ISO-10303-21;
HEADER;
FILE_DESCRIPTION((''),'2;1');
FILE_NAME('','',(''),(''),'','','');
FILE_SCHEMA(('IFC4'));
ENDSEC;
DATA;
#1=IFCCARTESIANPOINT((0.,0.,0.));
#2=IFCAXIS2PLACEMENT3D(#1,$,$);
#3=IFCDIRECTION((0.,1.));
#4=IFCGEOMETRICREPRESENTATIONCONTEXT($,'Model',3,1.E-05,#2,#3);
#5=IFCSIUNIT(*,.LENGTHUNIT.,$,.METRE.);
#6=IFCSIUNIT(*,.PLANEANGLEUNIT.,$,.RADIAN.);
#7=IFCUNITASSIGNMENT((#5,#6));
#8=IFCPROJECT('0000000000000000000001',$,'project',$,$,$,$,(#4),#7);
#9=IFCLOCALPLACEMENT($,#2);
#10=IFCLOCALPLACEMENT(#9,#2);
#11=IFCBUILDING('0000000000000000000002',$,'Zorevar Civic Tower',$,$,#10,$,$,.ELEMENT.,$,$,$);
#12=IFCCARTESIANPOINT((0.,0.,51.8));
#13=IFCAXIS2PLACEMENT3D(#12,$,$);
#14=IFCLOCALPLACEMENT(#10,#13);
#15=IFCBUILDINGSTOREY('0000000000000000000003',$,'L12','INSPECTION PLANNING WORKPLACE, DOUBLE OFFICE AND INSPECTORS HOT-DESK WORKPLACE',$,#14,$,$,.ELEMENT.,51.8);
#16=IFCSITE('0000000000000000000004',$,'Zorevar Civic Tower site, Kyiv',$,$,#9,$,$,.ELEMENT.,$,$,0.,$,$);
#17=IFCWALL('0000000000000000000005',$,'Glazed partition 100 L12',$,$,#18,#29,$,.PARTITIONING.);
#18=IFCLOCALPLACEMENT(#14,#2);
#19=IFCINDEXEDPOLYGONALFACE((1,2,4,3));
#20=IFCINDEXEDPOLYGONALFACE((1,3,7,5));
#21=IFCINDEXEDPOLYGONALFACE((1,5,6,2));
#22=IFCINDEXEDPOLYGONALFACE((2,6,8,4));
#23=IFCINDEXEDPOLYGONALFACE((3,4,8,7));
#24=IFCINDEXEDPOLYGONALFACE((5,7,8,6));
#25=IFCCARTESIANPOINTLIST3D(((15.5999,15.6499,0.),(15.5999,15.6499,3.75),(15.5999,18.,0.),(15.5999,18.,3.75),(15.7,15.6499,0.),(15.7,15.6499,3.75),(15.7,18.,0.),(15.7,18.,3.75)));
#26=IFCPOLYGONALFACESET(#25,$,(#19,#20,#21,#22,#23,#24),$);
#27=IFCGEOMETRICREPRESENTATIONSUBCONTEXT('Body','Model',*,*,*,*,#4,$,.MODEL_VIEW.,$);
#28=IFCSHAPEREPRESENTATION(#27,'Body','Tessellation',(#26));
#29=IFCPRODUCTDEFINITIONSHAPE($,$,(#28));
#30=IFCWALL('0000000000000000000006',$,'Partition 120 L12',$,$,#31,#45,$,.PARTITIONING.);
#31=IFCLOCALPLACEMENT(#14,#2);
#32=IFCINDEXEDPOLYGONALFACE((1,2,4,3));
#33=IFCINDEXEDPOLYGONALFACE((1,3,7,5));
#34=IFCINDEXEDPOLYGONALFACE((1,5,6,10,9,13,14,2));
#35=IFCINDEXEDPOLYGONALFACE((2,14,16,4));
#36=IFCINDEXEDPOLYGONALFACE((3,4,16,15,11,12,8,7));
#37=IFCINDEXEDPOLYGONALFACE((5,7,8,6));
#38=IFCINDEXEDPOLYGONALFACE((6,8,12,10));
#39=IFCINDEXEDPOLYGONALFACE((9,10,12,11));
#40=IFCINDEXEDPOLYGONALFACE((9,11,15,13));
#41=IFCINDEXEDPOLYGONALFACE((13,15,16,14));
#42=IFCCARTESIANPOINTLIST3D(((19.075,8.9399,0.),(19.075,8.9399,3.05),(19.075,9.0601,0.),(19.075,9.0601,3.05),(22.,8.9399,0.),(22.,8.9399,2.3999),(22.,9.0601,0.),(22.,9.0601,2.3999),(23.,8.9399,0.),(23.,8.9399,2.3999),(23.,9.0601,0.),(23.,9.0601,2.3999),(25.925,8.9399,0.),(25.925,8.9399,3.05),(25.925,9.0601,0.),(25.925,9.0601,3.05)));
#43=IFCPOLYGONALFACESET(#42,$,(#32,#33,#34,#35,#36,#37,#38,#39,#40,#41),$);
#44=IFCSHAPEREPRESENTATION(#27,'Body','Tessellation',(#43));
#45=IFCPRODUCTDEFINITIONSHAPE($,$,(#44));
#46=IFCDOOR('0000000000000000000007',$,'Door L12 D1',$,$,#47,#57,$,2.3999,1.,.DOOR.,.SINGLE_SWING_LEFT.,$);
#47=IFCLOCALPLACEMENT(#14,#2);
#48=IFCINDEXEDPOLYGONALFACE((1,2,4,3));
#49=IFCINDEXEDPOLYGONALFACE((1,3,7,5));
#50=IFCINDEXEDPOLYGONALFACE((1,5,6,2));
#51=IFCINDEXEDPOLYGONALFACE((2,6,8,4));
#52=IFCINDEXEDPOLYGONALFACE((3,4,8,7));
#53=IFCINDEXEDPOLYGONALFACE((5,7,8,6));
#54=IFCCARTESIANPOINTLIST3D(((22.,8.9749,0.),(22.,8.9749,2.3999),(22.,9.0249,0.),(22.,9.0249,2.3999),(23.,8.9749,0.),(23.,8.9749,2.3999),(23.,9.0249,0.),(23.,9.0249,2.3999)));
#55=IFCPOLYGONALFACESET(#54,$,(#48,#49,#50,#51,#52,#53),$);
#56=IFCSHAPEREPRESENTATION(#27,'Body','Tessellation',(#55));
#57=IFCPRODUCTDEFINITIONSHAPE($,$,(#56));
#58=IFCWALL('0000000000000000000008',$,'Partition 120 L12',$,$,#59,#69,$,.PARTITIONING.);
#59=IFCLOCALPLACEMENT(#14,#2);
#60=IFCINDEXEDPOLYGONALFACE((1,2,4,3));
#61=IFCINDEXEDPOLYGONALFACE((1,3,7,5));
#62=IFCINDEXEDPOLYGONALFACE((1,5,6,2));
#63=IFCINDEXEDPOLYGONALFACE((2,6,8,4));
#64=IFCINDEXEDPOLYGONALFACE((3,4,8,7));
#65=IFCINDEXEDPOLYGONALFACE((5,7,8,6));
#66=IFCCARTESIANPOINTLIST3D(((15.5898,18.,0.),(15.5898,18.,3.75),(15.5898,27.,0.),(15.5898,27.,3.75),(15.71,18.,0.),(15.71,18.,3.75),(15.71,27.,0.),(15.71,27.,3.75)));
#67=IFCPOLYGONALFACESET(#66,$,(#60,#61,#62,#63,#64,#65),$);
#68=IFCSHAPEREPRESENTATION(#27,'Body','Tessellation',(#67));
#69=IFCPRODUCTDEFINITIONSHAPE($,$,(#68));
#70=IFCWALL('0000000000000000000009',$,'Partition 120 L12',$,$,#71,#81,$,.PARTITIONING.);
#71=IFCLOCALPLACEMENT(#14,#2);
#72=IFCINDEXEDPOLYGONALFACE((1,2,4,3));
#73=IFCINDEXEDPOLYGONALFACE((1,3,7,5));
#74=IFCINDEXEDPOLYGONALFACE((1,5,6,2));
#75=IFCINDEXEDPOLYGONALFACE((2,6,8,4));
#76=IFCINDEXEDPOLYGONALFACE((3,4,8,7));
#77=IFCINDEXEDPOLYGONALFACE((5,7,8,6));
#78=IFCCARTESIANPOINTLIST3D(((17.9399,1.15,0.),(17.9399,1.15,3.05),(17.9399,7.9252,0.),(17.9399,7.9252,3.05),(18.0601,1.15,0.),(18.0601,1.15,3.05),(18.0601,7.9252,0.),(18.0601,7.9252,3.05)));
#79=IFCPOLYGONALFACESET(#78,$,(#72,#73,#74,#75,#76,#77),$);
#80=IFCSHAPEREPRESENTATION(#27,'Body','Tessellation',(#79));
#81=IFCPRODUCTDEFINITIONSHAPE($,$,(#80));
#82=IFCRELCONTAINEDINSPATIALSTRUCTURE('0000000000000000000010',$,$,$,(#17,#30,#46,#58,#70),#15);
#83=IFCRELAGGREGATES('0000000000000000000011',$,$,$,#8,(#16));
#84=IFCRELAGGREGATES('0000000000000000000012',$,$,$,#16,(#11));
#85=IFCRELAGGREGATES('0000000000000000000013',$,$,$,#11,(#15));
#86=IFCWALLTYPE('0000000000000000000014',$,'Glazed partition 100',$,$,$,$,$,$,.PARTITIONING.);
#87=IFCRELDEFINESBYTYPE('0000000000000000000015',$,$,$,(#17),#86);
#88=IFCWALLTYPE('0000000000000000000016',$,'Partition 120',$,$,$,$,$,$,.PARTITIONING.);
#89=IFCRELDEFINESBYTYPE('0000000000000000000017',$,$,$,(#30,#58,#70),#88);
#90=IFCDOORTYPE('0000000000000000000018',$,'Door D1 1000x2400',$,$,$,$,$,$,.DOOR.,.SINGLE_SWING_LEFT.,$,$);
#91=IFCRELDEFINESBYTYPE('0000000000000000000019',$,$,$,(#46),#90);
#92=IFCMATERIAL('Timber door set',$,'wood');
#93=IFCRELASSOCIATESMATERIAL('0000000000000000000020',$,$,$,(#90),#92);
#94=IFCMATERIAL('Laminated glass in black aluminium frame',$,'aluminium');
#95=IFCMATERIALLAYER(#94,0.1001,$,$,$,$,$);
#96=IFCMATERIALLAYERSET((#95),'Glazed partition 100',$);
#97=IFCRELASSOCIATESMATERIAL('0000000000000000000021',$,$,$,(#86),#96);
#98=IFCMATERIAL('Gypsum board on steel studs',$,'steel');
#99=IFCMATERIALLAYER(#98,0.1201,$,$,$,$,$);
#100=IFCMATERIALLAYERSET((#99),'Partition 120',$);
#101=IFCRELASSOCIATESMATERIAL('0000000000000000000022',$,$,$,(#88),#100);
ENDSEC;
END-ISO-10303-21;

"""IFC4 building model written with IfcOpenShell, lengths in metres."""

from ifc_helpers import new_model, si_unit, direction, frame, frame_2d, origin, place, context, subcontext, project, spatial, rectangle, extrude, material, layer, layer_set, type_object, element, fill, save


model = new_model("IFC4")

# Units and contexts
model_context = context("Model", 3, precision=1e-05, world=origin(), true_north=direction((0.0, 1.0)))
body_context = subcontext(model_context, "Body", "Model", "MODEL_VIEW")
ifc_project = project(units=[si_unit("LENGTHUNIT", "METRE"), si_unit("PLANEANGLEUNIT", "RADIAN")], contexts=[model_context])

# Site, building, storey
site_placement = place(None, origin())
site = spatial("IfcSite", under=ifc_project, at=site_placement, Name="Zorevar Civic Tower site, Kyiv", CompositionType="ELEMENT", RefElevation=0.0)
building_placement = place(site_placement, origin())
building = spatial("IfcBuilding", under=site, at=building_placement, Name="Zorevar Civic Tower", CompositionType="ELEMENT")
storey_placement = place(building_placement, frame((0.0, 0.0, 51.8)))
storey = spatial("IfcBuildingStorey", under=building, at=storey_placement, Name="L12", Description="INSPECTION PLANNING WORKPLACE, DOUBLE OFFICE AND INSPECTORS HOT-DESK WORKPLACE", CompositionType="ELEMENT", Elevation=51.8)

# Shared definitions
ifc_material_1 = material(Name="Timber door set", Category="wood")
door_type_1 = type_object("IfcDoorType", Name="Door D1 1000x2400", OperationType="SINGLE_SWING_LEFT", PredefinedType="DOOR", material=ifc_material_1)

# Shared definitions
ifc_material_2 = material(Name="Laminated glass in black aluminium frame", Category="aluminium")
ifc_layer_1 = layer(ifc_material_2, 0.1001)
ifc_layer_set_1 = layer_set([ifc_layer_1], Name="Glazed partition 100")
wall_type_1 = type_object("IfcWallType", Name="Glazed partition 100", PredefinedType="PARTITIONING", material=ifc_layer_set_1)

# Wall
wall_1_placement = place(storey_placement, frame((15.6499, 15.6499, 0.0), z_axis=(0.0, 0.0, 1.0), x_axis=(0.0, 1.0, 0.0)))
element("IfcWall", 1, at=wall_1_placement, inside=storey, type_object=wall_type_1, Name="Glazed partition 100 L12", PredefinedType="PARTITIONING", context=body_context, shape_type="SweptSolid", body=[
    extrude(rectangle(XDim=2.3501, YDim=0.1001, at=frame_2d((1.175, 0.0))), origin(), (0.0, 0.0, 1.0), 3.75),
])

# Wall, opening, door
ifc_material_3 = material(Name="Gypsum board on steel studs", Category="steel")
ifc_layer_2 = layer(ifc_material_3, 0.1201)
ifc_layer_set_2 = layer_set([ifc_layer_2], Name="Partition 120")
wall_type_2 = type_object("IfcWallType", Name="Partition 120", PredefinedType="PARTITIONING", material=ifc_layer_set_2)
wall_2_placement = place(storey_placement, frame((19.075, 9.0, 0.0), z_axis=(0.0, 0.0, 1.0), x_axis=(1.0, 0.0, 0.0)))
wall_2 = element("IfcWall", 2, at=wall_2_placement, inside=storey, type_object=wall_type_2, Name="Partition 120 L12", PredefinedType="PARTITIONING", context=body_context, shape_type="SweptSolid", body=[
    extrude(rectangle(XDim=6.8501, YDim=0.1201, at=frame_2d((3.425, 0.0))), origin(), (0.0, 0.0, 1.0), 3.05),
])
opening_1_placement = place(wall_2_placement, frame((2.925, 0.0, 0.0)))
opening_1 = element("IfcOpeningElement", 3, at=opening_1_placement, cuts=wall_2, PredefinedType="OPENING", context=body_context, shape_type="SweptSolid", body=[
    extrude(rectangle(XDim=1.0, YDim=2.3999, at=frame_2d((0.5, 1.2))), frame((0.0, 0.0701, 0.0), z_axis=(0.0, -1.0, 0.0), x_axis=(1.0, 0.0, 0.0)), (0.0, 0.0, 1.0), 0.1401),
])
door_1_placement = place(opening_1_placement, origin())
door_1 = element("IfcDoor", 4, at=door_1_placement, inside=storey, type_object=door_type_1, Name="Door L12 D1", OperationType="SINGLE_SWING_LEFT", OverallHeight=2.3999, OverallWidth=1.0, PredefinedType="DOOR", context=body_context, shape_type="SweptSolid", body=[
    extrude(rectangle(XDim=1.0, YDim=2.3999, at=frame_2d((0.5, 1.2))), frame((0.0, 0.0249, 0.0), z_axis=(0.0, -1.0, 0.0), x_axis=(1.0, 0.0, 0.0)), (0.0, 0.0, 1.0), 0.05),
])
fill(opening_1, door_1)

# Walls
wall_3_placement = place(storey_placement, frame((15.6499, 18.0, 0.0), z_axis=(0.0, 0.0, 1.0), x_axis=(0.0, 1.0, 0.0)))
element("IfcWall", 5, at=wall_3_placement, inside=storey, type_object=wall_type_2, Name="Partition 120 L12", PredefinedType="PARTITIONING", context=body_context, shape_type="SweptSolid", body=[
    extrude(rectangle(XDim=9.0, YDim=0.1201, at=frame_2d((4.5, 0.0))), origin(), (0.0, 0.0, 1.0), 3.75),
])
wall_4_placement = place(storey_placement, frame((18.0, 1.1499, 0.0), z_axis=(0.0, 0.0, 1.0), x_axis=(0.0, 1.0, 0.0)))
element("IfcWall", 6, at=wall_4_placement, inside=storey, type_object=wall_type_2, Name="Partition 120 L12", PredefinedType="PARTITIONING", context=body_context, shape_type="SweptSolid", body=[
    extrude(rectangle(XDim=6.7751, YDim=0.1201, at=frame_2d((3.3877, 0.0))), origin(), (0.0, 0.0, 1.0), 3.05),
])

save(model, "model.ifc")
